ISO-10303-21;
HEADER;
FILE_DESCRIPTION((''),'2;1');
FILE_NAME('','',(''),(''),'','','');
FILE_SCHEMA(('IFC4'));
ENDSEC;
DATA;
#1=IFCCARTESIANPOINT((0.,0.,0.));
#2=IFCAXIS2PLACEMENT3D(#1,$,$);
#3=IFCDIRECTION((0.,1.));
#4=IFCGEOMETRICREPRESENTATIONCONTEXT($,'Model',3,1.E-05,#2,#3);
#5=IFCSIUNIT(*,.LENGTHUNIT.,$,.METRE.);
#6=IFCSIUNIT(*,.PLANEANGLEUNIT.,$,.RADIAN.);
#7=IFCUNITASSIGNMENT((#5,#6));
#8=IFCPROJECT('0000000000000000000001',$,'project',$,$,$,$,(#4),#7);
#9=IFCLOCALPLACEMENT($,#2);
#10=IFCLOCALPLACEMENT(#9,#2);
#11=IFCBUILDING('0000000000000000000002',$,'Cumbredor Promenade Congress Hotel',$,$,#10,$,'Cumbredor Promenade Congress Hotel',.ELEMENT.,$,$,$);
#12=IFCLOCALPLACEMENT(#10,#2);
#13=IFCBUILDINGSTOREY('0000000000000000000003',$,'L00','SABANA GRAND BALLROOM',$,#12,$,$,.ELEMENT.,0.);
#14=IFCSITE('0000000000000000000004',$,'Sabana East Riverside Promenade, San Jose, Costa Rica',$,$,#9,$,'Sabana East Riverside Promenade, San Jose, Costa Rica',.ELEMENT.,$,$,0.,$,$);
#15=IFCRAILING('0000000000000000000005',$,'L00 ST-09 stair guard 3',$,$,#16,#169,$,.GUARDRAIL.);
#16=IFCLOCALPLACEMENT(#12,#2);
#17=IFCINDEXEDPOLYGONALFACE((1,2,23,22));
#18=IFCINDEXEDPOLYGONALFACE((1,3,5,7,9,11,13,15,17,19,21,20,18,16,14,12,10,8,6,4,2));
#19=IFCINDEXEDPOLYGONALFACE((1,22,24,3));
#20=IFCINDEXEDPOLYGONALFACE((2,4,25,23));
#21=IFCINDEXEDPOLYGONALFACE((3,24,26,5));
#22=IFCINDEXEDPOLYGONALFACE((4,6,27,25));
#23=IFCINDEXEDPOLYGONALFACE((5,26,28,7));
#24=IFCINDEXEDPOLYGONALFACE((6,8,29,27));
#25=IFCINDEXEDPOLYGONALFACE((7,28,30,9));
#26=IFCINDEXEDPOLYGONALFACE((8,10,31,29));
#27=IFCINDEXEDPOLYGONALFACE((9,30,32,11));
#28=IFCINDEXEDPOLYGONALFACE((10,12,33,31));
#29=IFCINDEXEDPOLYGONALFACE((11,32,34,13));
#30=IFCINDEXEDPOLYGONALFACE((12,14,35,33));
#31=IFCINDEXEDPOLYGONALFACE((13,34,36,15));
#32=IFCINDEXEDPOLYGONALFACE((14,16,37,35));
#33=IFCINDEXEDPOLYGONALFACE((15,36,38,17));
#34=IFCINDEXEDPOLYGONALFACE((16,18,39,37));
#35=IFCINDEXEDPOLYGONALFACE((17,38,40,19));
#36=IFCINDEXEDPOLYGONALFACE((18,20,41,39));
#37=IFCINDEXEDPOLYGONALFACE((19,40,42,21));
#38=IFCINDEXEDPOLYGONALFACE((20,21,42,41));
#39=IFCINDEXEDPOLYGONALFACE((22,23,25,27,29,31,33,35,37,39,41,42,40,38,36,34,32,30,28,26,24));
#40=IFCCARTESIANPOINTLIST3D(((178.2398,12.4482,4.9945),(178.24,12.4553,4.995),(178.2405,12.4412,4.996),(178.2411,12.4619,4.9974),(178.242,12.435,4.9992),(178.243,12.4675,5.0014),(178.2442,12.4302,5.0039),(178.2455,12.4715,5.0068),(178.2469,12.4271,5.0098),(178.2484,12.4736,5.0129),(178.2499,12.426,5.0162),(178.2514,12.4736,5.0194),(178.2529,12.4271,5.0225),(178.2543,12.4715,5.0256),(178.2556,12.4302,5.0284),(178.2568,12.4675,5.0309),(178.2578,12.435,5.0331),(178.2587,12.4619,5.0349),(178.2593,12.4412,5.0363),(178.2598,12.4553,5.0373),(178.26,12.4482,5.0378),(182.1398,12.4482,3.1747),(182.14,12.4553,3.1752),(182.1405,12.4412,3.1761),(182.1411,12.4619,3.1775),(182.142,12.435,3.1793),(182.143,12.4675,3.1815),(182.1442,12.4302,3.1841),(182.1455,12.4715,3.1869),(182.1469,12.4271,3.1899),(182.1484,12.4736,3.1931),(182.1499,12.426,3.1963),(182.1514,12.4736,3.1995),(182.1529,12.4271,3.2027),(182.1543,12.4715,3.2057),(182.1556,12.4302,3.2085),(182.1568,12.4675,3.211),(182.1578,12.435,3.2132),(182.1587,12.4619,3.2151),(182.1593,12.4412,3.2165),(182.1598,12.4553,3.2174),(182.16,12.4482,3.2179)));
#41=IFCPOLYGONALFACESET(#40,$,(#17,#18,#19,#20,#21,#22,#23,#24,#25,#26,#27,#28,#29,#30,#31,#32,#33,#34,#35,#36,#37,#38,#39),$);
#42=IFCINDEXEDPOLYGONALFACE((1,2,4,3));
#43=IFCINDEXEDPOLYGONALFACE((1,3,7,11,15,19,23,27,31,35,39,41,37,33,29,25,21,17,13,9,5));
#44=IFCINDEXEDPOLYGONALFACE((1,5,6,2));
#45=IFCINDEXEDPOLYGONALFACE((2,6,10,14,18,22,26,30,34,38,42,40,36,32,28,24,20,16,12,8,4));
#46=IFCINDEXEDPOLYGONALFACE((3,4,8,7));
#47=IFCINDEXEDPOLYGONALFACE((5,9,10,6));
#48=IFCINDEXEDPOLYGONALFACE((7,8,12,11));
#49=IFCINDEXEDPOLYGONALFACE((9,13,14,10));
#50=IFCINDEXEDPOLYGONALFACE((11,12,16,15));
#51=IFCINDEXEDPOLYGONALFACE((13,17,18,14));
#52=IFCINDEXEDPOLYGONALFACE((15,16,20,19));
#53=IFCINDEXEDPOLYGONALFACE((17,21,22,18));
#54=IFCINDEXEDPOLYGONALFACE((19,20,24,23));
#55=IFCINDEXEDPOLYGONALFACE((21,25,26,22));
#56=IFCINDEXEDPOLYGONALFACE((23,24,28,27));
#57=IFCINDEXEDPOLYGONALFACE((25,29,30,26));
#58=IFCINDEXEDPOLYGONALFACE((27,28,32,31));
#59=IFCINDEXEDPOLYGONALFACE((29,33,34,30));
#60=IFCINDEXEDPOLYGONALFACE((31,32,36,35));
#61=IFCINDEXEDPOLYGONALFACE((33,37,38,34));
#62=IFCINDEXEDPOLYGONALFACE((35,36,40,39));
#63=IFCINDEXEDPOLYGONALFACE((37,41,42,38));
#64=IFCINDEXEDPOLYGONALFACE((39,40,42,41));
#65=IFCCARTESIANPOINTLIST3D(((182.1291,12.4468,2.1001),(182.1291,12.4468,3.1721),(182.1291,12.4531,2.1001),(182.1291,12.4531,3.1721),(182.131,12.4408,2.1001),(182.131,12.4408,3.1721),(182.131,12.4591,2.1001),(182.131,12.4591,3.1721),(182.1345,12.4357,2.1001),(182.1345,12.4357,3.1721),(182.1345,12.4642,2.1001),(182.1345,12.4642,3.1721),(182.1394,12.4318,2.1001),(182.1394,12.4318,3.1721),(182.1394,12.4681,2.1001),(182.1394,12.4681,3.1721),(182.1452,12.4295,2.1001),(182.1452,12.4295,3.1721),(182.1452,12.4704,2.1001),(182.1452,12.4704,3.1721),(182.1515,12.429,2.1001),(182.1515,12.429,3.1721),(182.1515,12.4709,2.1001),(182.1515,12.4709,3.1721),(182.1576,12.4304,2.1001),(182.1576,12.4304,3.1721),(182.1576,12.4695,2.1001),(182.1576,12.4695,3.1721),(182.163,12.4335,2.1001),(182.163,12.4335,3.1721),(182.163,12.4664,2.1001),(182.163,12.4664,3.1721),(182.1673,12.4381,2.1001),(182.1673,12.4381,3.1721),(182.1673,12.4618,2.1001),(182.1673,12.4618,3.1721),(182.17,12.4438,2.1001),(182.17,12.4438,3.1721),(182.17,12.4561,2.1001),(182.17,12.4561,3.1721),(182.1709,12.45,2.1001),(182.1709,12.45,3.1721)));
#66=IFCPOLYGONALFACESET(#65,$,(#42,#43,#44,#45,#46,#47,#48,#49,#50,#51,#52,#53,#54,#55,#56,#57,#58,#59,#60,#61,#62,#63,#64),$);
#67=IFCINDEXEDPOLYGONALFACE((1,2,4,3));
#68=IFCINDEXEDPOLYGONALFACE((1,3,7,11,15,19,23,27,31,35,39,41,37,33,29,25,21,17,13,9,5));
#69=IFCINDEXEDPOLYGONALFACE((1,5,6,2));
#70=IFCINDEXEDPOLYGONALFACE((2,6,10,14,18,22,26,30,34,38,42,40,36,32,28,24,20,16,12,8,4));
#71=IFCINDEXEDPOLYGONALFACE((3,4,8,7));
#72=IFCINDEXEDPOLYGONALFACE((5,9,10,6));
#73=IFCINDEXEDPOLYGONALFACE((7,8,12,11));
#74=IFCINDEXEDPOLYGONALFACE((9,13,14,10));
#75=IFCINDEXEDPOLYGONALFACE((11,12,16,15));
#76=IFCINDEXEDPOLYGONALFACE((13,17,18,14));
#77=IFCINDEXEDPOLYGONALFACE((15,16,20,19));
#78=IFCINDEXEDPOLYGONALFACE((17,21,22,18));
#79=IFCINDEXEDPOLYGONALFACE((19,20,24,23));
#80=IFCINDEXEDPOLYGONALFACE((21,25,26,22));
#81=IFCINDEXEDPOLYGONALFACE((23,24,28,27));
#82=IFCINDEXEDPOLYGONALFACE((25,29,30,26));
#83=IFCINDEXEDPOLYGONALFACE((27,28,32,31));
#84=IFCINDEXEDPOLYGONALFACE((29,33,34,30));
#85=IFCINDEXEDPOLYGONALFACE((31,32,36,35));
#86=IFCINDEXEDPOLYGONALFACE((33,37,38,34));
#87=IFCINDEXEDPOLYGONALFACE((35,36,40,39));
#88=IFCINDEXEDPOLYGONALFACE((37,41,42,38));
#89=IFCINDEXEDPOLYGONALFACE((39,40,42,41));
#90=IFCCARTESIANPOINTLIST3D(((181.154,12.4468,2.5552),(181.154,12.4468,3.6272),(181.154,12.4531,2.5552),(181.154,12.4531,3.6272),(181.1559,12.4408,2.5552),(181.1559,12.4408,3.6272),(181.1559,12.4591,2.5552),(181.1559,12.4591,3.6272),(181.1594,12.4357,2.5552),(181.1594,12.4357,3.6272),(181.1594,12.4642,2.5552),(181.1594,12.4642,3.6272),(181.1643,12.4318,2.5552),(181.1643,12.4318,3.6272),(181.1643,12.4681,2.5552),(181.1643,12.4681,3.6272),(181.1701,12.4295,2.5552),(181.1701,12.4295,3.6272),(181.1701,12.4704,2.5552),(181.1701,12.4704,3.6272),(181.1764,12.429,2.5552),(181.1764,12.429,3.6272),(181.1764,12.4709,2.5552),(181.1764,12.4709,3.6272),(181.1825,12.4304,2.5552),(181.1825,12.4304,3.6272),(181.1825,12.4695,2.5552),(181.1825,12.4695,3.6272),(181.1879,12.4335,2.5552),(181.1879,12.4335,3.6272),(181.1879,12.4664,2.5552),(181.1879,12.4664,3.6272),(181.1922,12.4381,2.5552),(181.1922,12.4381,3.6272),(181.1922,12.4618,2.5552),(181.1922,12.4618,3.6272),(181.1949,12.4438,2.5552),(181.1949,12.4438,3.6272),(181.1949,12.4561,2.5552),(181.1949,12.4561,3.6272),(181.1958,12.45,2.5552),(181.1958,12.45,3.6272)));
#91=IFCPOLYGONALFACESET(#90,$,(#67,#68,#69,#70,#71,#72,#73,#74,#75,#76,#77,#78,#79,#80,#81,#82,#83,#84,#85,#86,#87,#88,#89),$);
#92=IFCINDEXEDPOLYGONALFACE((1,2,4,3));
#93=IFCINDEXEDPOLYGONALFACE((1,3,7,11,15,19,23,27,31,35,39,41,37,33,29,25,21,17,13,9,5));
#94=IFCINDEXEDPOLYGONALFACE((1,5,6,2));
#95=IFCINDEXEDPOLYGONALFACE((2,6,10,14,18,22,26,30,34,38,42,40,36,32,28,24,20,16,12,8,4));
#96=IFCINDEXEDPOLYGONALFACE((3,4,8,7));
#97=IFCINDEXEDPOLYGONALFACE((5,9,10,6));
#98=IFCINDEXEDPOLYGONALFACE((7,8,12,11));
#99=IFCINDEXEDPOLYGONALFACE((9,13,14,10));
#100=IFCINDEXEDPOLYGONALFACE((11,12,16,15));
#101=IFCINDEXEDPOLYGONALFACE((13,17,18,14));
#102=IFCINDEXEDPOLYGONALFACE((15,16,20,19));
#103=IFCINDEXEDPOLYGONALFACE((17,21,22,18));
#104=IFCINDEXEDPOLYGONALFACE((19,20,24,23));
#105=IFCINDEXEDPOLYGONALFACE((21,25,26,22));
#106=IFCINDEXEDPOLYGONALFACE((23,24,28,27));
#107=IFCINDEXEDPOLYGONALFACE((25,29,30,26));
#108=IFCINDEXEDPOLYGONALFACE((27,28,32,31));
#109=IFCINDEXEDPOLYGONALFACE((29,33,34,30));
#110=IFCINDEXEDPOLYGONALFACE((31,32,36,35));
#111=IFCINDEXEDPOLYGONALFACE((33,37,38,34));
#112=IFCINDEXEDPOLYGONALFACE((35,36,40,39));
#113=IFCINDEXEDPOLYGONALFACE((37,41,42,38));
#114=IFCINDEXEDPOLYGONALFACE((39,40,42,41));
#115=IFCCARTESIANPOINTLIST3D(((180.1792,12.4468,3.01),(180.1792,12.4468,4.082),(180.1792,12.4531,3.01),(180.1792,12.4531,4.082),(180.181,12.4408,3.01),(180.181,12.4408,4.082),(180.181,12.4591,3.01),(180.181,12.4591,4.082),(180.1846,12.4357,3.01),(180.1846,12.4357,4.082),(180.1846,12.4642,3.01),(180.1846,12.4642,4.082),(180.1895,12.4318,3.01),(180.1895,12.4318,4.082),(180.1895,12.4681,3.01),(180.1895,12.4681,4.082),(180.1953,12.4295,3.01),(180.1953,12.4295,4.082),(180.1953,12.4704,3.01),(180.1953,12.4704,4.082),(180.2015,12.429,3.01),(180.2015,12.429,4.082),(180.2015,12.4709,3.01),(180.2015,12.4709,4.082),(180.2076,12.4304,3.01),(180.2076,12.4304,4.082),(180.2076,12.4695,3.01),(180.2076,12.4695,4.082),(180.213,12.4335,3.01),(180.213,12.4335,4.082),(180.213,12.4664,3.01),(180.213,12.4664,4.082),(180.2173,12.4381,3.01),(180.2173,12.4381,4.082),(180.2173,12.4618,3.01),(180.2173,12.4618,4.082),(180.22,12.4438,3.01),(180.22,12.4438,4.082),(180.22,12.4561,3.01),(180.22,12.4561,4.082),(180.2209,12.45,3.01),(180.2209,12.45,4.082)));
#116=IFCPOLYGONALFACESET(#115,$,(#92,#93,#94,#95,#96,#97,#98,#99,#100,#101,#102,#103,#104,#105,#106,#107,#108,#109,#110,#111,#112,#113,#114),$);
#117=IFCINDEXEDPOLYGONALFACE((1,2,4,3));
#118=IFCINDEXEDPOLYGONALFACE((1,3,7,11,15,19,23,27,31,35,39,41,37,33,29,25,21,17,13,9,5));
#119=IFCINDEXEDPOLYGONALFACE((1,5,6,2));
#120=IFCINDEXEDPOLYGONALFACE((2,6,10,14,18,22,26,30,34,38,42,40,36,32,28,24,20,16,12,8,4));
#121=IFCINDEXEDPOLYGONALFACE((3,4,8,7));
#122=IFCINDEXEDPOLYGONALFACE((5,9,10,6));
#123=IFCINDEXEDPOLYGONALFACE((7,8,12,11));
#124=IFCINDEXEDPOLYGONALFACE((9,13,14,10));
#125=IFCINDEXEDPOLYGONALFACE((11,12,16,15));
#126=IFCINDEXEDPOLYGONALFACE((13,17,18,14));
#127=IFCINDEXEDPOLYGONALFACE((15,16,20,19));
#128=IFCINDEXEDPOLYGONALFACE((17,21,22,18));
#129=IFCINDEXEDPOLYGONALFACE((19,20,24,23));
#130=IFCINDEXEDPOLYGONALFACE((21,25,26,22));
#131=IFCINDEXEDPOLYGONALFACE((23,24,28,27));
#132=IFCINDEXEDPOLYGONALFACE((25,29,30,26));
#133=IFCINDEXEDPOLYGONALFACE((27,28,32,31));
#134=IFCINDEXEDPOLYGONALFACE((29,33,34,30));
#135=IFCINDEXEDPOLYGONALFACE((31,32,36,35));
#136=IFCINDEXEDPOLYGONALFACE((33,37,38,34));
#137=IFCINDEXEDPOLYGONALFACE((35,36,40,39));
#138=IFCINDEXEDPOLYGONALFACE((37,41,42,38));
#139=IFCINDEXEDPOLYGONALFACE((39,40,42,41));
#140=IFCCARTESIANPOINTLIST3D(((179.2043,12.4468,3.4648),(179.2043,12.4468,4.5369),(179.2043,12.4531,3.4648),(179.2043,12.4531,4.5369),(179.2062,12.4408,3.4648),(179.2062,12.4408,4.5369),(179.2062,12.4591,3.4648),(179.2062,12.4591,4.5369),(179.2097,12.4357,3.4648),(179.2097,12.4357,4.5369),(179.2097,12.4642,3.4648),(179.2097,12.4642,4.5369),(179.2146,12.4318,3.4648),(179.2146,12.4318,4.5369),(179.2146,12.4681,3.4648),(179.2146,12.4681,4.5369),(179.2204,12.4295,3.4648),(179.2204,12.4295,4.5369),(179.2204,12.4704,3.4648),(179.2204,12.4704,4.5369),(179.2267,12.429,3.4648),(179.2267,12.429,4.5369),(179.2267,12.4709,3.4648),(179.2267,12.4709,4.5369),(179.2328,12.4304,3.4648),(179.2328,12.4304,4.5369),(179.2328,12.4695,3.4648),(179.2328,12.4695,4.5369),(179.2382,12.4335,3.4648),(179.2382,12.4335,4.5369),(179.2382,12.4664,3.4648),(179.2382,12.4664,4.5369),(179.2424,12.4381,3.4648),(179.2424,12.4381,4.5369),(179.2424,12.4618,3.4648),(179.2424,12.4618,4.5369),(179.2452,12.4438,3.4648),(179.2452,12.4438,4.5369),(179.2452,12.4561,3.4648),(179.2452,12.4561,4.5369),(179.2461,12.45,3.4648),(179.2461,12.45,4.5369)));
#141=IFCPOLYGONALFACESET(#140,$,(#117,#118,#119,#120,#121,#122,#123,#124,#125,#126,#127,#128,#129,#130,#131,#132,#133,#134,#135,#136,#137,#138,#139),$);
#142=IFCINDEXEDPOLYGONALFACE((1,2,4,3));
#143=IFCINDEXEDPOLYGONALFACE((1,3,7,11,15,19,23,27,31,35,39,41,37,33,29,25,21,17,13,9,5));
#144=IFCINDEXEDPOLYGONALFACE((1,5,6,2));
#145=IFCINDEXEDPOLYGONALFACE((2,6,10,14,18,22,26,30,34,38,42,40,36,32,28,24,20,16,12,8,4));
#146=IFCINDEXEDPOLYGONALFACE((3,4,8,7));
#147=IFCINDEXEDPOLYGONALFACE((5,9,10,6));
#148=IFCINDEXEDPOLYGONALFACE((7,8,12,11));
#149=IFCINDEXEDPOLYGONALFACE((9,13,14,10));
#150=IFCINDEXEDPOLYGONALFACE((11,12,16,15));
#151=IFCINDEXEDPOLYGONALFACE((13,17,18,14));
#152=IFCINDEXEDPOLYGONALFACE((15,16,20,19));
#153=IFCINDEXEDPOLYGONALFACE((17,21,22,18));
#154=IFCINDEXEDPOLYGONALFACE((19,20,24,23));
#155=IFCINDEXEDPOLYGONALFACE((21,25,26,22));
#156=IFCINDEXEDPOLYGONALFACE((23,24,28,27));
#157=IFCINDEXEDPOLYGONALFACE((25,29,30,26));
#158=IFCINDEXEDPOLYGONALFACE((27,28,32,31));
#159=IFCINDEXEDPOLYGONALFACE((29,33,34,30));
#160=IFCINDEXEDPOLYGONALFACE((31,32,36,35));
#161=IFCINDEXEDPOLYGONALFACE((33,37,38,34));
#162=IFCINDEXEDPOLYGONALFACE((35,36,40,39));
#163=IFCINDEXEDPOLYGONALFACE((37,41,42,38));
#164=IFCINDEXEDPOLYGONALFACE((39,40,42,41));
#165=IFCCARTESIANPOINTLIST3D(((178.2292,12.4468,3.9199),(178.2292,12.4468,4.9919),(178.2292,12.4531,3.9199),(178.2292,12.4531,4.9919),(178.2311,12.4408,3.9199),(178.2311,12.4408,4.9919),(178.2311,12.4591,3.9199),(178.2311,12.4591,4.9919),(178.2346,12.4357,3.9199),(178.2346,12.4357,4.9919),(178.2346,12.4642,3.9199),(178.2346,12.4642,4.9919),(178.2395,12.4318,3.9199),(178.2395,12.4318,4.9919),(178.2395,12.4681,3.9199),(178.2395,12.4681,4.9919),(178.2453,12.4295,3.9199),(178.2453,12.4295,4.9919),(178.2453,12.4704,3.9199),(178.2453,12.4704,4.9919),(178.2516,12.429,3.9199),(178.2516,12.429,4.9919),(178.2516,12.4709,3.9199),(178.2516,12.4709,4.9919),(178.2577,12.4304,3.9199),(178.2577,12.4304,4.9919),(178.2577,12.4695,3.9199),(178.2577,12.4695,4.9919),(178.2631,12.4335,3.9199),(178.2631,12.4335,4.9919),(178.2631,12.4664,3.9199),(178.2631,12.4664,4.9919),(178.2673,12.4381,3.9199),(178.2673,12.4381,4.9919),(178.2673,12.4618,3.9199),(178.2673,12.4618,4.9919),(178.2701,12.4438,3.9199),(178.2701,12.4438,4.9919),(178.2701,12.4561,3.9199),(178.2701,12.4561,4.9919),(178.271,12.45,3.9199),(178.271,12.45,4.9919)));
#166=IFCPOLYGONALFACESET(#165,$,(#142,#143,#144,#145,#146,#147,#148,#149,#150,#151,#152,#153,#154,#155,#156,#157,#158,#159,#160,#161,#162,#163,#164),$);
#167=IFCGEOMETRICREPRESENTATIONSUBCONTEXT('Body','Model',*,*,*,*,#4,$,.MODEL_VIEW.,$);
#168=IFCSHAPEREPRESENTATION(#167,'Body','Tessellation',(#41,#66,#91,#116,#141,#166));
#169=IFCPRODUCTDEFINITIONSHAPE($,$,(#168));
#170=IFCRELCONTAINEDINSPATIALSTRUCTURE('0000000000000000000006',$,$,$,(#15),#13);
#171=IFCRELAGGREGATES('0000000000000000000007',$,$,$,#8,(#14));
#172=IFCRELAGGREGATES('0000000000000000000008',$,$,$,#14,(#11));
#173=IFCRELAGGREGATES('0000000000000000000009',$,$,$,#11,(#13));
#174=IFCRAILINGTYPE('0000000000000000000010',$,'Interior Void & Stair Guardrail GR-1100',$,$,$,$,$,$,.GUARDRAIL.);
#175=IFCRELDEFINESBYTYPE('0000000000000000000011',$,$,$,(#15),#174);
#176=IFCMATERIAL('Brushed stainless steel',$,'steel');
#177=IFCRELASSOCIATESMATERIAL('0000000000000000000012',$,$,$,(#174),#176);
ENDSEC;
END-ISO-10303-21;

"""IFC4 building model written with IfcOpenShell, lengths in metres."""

from ifc_helpers import new_model, si_unit, direction, frame, origin, origin_2d, place, context, subcontext, project, spatial, circle, extrude, material, type_object, element, save


model = new_model("IFC4")

# Units and contexts
model_context = context("Model", 3, precision=1e-05, world=origin(), true_north=direction((0.0, 1.0)))
body_context = subcontext(model_context, "Body", "Model", "MODEL_VIEW")
ifc_project = project(units=[si_unit("LENGTHUNIT", "METRE"), si_unit("PLANEANGLEUNIT", "RADIAN")], contexts=[model_context])

# Site, building, storey
site_placement = place(None, origin())
site = spatial("IfcSite", under=ifc_project, at=site_placement, Name="Sabana East Riverside Promenade, San Jose, Costa Rica", LongName="Sabana East Riverside Promenade, San Jose, Costa Rica", CompositionType="ELEMENT", RefElevation=0.0)
building_placement = place(site_placement, origin())
building = spatial("IfcBuilding", under=site, at=building_placement, Name="Cumbredor Promenade Congress Hotel", LongName="Cumbredor Promenade Congress Hotel", CompositionType="ELEMENT")
storey_placement = place(building_placement, origin())
storey = spatial("IfcBuildingStorey", under=building, at=storey_placement, Name="L00", Description="SABANA GRAND BALLROOM", CompositionType="ELEMENT", Elevation=0.0)

# Railing
ifc_material_1 = material(Name="Brushed stainless steel", Category="steel")
railing_type_1 = type_object("IfcRailingType", Name="Interior Void & Stair Guardrail GR-1100", PredefinedType="GUARDRAIL", material=ifc_material_1)
railing_1_placement = place(storey_placement, frame((182.1499, 12.45, 2.1001)))
element("IfcRailing", 1, at=railing_1_placement, inside=storey, type_object=railing_type_1, Name="L00 ST-09 stair guard 3", PredefinedType="GUARDRAIL", context=body_context, shape_type="SweptSolid", body=[
    extrude(circle(Radius=0.0239, at=origin_2d()), frame((0.0, 0.0, 1.0962), z_axis=(-0.906195, 0.0, 0.422861), x_axis=(0.0, -1.0, 0.0)), (0.0, 0.0, 1.0), 4.3037),
    extrude(circle(Radius=0.021, at=origin_2d()), origin(), (0.0, 0.0, 1.0), 1.072),
    extrude(circle(Radius=0.021, at=origin_2d()), frame((-0.9751, 0.0, 0.4551)), (0.0, 0.0, 1.0), 1.072),
    extrude(circle(Radius=0.021, at=origin_2d()), frame((-1.95, 0.0, 0.9099)), (0.0, 0.0, 1.0), 1.072),
    extrude(circle(Radius=0.021, at=origin_2d()), frame((-2.9248, 0.0, 1.3647)), (0.0, 0.0, 1.0), 1.072),
    extrude(circle(Radius=0.021, at=origin_2d()), frame((-3.8999, 0.0, 1.8198)), (0.0, 0.0, 1.0), 1.072),
])

save(model, "model.ifc")
